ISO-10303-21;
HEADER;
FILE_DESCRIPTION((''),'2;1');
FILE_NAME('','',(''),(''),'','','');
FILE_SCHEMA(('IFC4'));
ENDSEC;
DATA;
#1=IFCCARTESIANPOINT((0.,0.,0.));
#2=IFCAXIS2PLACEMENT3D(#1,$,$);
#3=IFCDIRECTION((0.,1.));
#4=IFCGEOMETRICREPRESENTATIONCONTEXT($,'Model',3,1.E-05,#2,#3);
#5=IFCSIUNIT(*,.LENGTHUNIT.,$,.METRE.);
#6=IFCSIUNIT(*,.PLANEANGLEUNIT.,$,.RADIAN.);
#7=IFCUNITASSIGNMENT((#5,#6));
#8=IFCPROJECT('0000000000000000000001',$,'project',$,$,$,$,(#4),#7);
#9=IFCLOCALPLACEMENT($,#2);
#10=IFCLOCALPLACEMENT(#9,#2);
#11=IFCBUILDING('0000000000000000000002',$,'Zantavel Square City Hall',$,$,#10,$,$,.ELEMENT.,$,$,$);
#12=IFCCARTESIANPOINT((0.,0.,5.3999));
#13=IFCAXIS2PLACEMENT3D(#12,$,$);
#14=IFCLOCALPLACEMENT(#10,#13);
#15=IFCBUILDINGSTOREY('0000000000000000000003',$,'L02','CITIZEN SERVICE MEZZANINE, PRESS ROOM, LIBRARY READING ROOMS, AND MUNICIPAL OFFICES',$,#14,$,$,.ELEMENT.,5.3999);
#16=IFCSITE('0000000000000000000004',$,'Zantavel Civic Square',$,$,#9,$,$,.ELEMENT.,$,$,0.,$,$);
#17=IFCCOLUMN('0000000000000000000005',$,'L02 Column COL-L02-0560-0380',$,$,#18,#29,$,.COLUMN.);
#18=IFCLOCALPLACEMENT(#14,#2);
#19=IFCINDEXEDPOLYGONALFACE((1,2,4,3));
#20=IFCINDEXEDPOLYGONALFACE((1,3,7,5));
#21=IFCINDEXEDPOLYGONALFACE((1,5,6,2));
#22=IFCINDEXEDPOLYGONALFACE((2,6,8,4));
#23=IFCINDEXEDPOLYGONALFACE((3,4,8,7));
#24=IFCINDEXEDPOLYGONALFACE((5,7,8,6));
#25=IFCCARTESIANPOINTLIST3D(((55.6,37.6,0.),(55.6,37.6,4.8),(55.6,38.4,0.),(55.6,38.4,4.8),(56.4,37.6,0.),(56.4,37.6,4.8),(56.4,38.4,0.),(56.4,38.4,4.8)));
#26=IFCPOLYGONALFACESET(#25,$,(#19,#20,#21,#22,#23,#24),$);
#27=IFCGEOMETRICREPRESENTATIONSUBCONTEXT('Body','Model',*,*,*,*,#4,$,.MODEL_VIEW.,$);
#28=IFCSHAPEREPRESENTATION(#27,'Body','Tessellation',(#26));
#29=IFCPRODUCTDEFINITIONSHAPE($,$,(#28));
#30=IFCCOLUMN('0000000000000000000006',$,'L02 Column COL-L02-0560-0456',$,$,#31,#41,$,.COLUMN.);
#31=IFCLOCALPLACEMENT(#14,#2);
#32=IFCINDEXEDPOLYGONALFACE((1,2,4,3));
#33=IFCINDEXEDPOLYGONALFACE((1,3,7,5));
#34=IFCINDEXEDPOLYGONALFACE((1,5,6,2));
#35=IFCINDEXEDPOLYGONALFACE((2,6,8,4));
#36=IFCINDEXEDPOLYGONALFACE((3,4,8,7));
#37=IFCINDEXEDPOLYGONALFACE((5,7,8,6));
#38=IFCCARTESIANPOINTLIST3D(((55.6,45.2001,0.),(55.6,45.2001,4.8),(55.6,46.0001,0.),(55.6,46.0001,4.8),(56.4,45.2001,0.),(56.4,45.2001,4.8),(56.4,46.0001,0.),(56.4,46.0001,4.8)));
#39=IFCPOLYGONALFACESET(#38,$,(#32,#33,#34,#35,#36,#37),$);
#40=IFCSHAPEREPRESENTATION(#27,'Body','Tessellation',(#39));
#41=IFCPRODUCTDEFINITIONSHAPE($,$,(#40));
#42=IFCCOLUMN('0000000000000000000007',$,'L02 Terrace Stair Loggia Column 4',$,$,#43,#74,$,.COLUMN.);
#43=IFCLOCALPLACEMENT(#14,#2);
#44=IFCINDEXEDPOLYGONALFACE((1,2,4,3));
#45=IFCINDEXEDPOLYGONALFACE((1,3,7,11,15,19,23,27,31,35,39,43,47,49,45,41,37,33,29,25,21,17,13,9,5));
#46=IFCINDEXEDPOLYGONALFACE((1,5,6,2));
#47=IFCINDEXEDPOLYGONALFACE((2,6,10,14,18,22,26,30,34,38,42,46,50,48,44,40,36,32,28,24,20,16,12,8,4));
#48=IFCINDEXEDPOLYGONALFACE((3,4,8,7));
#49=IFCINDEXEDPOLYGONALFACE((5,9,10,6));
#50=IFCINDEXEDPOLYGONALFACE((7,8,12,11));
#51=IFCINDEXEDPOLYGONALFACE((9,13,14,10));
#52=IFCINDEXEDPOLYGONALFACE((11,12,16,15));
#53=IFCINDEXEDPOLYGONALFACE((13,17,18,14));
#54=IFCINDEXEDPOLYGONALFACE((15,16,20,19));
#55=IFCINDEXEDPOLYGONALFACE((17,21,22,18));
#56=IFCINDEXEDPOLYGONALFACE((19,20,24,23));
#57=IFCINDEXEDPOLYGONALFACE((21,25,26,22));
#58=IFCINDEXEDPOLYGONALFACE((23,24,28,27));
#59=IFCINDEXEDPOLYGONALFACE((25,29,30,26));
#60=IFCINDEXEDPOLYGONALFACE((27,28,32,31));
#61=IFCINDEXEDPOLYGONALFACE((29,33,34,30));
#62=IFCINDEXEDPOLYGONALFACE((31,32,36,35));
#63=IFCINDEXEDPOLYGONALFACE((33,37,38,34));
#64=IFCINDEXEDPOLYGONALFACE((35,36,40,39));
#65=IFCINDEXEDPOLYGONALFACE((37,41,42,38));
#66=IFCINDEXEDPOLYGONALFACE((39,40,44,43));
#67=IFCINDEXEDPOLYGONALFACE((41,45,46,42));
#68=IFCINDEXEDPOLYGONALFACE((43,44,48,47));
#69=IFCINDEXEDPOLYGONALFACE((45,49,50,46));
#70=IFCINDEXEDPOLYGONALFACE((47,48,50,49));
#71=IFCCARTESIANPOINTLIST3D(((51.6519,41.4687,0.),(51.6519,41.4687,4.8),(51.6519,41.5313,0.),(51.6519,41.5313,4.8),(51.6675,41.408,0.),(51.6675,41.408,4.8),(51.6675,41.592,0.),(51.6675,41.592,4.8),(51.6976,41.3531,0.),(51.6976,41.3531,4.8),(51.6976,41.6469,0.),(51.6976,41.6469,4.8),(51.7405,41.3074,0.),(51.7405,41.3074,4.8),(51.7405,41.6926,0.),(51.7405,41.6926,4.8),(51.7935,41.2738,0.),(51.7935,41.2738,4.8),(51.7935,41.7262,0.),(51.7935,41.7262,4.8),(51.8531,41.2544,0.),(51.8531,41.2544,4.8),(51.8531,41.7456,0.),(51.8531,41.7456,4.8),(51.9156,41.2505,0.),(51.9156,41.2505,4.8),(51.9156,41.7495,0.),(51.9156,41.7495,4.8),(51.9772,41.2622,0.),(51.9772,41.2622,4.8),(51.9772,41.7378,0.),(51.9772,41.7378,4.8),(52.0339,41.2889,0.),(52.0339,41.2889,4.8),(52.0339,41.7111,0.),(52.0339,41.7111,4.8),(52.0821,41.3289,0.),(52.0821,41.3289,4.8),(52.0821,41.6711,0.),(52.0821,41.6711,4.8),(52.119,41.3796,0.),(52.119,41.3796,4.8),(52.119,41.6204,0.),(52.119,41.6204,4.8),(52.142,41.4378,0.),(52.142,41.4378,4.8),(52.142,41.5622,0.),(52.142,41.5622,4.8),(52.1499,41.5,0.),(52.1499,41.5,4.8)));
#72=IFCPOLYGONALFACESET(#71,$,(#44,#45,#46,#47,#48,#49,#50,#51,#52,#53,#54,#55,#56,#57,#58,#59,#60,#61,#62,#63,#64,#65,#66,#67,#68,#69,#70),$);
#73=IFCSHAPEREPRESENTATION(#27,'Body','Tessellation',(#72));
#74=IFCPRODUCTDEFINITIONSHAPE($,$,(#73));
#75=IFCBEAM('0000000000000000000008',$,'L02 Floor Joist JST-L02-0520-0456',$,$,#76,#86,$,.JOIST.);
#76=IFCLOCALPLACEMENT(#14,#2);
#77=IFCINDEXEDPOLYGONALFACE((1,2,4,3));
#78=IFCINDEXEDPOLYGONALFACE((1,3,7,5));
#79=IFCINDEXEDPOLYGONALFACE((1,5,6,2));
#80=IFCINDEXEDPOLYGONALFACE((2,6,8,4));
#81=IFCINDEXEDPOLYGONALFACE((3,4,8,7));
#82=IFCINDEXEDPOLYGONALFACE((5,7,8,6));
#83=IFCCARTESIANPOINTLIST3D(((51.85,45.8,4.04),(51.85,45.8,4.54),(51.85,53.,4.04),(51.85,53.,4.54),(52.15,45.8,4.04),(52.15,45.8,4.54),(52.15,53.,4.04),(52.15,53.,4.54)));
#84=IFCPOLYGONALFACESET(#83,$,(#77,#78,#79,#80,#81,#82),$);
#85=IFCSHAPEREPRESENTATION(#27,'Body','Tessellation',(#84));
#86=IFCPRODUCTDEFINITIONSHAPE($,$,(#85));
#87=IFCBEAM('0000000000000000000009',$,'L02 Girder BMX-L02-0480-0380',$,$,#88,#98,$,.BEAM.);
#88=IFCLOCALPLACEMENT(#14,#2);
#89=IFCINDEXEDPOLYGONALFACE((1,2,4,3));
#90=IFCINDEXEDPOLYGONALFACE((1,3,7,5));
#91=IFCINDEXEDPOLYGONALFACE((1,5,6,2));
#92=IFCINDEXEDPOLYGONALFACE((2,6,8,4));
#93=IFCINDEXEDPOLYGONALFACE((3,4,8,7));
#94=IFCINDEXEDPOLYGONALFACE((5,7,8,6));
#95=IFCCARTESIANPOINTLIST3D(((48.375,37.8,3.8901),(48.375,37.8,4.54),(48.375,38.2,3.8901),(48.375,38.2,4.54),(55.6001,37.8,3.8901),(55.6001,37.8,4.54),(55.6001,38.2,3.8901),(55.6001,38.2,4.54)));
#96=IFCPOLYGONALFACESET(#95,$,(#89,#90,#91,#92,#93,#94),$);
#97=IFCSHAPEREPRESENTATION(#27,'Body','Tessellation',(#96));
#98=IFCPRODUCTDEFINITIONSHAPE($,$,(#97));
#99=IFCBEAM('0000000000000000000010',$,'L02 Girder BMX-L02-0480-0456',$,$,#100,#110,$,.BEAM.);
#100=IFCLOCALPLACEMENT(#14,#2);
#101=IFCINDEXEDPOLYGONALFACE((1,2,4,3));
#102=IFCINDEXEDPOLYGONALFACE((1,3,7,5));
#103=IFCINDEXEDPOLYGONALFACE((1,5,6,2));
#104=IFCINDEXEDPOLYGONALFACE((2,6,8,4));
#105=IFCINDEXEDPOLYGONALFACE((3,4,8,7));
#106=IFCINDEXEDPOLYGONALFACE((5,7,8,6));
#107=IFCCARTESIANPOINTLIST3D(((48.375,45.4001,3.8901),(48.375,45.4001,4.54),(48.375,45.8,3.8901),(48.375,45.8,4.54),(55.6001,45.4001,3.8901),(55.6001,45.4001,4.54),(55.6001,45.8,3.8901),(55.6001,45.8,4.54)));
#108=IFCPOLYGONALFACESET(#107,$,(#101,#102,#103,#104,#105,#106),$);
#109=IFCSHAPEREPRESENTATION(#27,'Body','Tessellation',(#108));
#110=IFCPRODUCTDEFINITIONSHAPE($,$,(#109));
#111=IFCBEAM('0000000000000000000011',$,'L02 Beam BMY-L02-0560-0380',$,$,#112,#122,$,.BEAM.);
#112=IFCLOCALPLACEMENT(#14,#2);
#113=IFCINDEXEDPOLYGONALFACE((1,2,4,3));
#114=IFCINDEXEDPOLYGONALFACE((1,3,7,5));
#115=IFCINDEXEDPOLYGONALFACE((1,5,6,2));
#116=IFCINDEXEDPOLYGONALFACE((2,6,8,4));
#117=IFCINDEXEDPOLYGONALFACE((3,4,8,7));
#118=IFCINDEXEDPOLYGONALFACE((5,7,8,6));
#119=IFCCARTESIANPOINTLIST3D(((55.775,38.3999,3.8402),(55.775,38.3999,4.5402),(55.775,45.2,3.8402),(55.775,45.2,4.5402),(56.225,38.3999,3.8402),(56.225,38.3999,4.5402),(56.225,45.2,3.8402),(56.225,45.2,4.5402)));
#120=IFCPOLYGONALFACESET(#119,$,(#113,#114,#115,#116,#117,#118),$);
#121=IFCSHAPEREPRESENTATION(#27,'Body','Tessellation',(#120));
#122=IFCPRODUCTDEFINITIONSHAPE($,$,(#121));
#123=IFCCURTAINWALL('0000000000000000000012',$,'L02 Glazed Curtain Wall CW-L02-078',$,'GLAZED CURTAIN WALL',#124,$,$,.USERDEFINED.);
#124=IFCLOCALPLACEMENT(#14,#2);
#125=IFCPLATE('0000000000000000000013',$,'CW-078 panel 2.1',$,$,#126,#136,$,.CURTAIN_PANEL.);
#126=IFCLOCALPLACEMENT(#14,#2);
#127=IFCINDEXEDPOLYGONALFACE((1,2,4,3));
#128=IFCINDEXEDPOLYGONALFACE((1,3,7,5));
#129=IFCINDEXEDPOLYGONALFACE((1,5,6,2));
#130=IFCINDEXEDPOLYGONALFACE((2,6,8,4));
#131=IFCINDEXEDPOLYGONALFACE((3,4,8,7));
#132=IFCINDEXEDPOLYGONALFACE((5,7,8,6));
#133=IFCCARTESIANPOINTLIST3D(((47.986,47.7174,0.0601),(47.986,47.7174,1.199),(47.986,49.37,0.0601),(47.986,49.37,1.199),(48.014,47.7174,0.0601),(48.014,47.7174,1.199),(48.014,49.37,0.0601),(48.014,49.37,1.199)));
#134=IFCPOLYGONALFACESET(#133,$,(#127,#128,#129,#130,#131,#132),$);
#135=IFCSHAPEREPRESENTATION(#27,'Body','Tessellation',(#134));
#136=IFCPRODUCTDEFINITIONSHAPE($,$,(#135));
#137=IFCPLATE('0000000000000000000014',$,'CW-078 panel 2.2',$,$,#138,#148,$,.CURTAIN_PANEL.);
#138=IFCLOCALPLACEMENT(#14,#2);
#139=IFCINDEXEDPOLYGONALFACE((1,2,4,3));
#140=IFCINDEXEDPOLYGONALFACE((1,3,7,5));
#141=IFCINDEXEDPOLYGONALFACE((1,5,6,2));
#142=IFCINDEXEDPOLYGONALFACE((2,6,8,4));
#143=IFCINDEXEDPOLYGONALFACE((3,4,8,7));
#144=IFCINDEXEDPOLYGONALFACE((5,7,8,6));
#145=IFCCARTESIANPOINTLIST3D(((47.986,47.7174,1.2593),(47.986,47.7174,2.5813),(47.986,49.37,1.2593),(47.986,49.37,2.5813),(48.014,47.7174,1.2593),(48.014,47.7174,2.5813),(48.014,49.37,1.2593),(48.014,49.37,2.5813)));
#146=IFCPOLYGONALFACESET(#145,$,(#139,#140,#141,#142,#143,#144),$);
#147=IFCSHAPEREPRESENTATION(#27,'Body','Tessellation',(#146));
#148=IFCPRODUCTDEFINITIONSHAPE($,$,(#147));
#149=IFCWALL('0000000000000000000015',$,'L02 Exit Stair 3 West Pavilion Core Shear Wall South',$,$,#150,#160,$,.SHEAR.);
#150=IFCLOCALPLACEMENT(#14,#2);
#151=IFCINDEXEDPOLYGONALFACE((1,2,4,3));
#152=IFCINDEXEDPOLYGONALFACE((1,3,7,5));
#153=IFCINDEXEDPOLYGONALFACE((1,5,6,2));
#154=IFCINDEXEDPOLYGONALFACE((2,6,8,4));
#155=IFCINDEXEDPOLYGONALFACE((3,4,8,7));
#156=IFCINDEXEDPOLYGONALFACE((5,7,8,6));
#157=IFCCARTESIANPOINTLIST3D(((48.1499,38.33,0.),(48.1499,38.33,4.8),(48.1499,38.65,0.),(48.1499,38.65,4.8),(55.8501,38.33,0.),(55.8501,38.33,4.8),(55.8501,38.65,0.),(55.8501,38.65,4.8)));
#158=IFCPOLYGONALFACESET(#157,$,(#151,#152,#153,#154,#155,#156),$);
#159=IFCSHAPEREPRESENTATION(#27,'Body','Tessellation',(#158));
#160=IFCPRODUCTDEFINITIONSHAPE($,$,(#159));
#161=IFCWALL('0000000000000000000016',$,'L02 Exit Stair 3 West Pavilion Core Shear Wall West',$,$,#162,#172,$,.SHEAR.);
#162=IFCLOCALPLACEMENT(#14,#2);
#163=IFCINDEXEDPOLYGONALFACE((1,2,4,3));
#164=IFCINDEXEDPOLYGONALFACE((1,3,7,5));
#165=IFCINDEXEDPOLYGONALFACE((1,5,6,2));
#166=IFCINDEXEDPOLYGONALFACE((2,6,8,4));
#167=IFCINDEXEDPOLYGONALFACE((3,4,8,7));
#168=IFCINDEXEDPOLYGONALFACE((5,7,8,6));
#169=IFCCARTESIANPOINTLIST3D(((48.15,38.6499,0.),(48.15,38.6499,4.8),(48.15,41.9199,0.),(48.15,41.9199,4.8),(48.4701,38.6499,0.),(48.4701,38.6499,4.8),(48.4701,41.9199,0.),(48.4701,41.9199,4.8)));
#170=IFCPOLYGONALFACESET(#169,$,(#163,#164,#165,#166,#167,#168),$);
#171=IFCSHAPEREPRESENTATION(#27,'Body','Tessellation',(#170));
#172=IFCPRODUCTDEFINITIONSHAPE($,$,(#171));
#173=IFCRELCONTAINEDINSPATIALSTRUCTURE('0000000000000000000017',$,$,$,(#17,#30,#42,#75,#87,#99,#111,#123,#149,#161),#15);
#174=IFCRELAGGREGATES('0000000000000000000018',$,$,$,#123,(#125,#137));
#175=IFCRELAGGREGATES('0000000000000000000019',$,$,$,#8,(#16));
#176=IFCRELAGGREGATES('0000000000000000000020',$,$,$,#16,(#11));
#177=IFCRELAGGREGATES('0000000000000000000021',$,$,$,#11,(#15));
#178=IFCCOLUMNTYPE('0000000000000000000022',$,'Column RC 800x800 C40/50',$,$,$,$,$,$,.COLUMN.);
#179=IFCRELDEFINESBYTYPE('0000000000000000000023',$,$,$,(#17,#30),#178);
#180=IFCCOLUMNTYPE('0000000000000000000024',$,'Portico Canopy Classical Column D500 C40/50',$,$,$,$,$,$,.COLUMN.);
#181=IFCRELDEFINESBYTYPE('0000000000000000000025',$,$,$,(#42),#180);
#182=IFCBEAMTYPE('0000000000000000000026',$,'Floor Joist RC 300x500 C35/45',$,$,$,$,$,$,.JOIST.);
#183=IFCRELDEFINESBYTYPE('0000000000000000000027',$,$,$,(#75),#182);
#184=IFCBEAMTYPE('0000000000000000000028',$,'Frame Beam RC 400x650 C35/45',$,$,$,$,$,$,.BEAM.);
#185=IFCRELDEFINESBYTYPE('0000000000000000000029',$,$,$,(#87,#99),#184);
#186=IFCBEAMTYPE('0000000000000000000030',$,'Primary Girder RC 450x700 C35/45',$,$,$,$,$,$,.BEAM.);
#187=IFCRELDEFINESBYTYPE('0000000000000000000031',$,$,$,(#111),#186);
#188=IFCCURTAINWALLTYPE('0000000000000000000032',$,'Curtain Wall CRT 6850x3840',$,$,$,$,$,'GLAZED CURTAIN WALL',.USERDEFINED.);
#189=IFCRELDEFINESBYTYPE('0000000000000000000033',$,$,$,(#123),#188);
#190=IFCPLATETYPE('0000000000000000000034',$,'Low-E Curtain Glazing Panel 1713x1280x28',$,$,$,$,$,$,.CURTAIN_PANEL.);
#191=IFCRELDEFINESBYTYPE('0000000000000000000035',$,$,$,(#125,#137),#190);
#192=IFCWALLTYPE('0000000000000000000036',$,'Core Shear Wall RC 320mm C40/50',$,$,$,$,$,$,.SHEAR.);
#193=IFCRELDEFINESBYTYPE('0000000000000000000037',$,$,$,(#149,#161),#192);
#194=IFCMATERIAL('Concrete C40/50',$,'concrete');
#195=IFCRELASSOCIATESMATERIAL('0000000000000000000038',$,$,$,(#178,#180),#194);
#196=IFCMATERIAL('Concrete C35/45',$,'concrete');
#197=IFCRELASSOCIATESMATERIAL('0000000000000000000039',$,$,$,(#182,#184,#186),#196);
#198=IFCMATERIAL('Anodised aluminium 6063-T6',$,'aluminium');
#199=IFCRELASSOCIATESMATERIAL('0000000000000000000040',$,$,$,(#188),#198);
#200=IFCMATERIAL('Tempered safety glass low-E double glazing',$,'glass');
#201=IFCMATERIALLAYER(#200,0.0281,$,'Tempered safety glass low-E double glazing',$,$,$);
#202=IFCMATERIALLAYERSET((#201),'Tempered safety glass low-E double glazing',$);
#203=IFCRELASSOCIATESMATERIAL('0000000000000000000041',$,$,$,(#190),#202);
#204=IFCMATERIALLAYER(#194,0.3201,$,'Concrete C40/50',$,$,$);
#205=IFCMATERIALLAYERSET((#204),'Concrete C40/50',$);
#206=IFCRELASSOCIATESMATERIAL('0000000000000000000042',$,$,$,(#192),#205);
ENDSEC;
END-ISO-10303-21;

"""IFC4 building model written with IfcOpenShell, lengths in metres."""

from ifc_helpers import new_model, si_unit, direction, frame, frame_2d, origin, origin_2d, place, context, subcontext, project, spatial, rectangle, circle, extrude, material, layer, layer_set, material_profile, profile_set, type_object, element, aggregate, save


model = new_model("IFC4")

# Units and contexts
model_context = context("Model", 3, precision=1e-05, world=origin(), true_north=direction((0.0, 1.0)))
body_context = subcontext(model_context, "Body", "Model", "MODEL_VIEW")
ifc_project = project(units=[si_unit("LENGTHUNIT", "METRE"), si_unit("PLANEANGLEUNIT", "RADIAN")], contexts=[model_context])

# Site, building, storey
site_placement = place(None, origin())
site = spatial("IfcSite", under=ifc_project, at=site_placement, Name="Zantavel Civic Square", CompositionType="ELEMENT", RefElevation=0.0)
building_placement = place(site_placement, origin())
building = spatial("IfcBuilding", under=site, at=building_placement, Name="Zantavel Square City Hall", CompositionType="ELEMENT")
storey_placement = place(building_placement, frame((0.0, 0.0, 5.3999)))
storey = spatial("IfcBuildingStorey", under=building, at=storey_placement, Name="L02", Description="CITIZEN SERVICE MEZZANINE, PRESS ROOM, LIBRARY READING ROOMS, AND MUNICIPAL OFFICES", CompositionType="ELEMENT", Elevation=5.3999)

# Columns
ifc_material_1 = material(Name="Concrete C40/50", Category="concrete")
ifc_material_profile_1 = material_profile(ifc_material_1, rectangle(XDim=0.8, YDim=0.8, at=origin_2d()), Name="RC 800x800")
ifc_profile_set_1 = profile_set([ifc_material_profile_1], Name="Concrete C40/50")
column_type_1 = type_object("IfcColumnType", Name="Column RC 800x800 C40/50", PredefinedType="COLUMN", material=ifc_profile_set_1)
for number, where, z_axis, x_axis, name in (
    (1, (56.0, 38.0, 0.0), (0.0, 0.0, 1.0), (1.0, 0.0, 0.0), "L02 Column COL-L02-0560-0380"),
    (2, (56.0, 45.6001, 0.0), (0.0, 0.0, 1.0), (1.0, 0.0, 0.0), "L02 Column COL-L02-0560-0456"),
):
    element("IfcColumn", number, at=place(storey_placement, frame(where, z_axis=z_axis, x_axis=x_axis)), inside=storey, type_object=column_type_1, Name=name, PredefinedType="COLUMN", context=body_context, shape_type="SweptSolid", body=[
        extrude(rectangle(XDim=0.8, YDim=0.8, at=origin_2d()), origin(), (0.0, 0.0, 1.0), 4.8),
    ])
ifc_material_profile_2 = material_profile(ifc_material_1, circle(Radius=0.25, at=origin_2d()), Name="ROUND D500")
ifc_profile_set_2 = profile_set([ifc_material_profile_2], Name="Concrete C40/50")
column_type_2 = type_object("IfcColumnType", Name="Portico Canopy Classical Column D500 C40/50", PredefinedType="COLUMN", material=ifc_profile_set_2)
column_placement = place(storey_placement, frame((51.8999, 41.5, 0.0), z_axis=(0.0, 0.0, 1.0), x_axis=(1.0, 0.0, 0.0)))
element("IfcColumn", 3, at=column_placement, inside=storey, type_object=column_type_2, Name="L02 Terrace Stair Loggia Column 4", PredefinedType="COLUMN", context=body_context, shape_type="SweptSolid", body=[
    extrude(circle(Radius=0.25, at=origin_2d()), origin(), (0.0, 0.0, 1.0), 4.8),
])

# Beams
ifc_material_2 = material(Name="Concrete C35/45", Category="concrete")
ifc_material_profile_3 = material_profile(ifc_material_2, rectangle(XDim=0.3, YDim=0.5, at=origin_2d()), Name="RC 300x500")
ifc_profile_set_3 = profile_set([ifc_material_profile_3], Name="Concrete C35/45")
beam_type_1 = type_object("IfcBeamType", Name="Floor Joist RC 300x500 C35/45", PredefinedType="JOIST", material=ifc_profile_set_3)
beam_1_placement = place(storey_placement, frame((52.0, 45.8, 4.29), z_axis=(0.0, 1.0, 0.0), x_axis=(-1.0, 0.0, 0.0)))
element("IfcBeam", 4, at=beam_1_placement, inside=storey, type_object=beam_type_1, Name="L02 Floor Joist JST-L02-0520-0456", PredefinedType="JOIST", context=body_context, shape_type="SweptSolid", body=[
    extrude(rectangle(XDim=0.3, YDim=0.5, at=origin_2d()), origin(), (0.0, 0.0, 1.0), 7.2),
])
ifc_material_profile_4 = material_profile(ifc_material_2, rectangle(XDim=0.3999, YDim=0.6499, at=origin_2d()), Name="RC 400x650")
ifc_profile_set_4 = profile_set([ifc_material_profile_4], Name="Concrete C35/45")
beam_type_2 = type_object("IfcBeamType", Name="Frame Beam RC 400x650 C35/45", PredefinedType="BEAM", material=ifc_profile_set_4)
for number, where, z_axis, x_axis, name in (
    (5, (48.375, 38.0, 4.2151), (1.0, 0.0, 0.0), (0.0, 1.0, 0.0), "L02 Girder BMX-L02-0480-0380"),
    (6, (48.375, 45.6001, 4.2151), (1.0, 0.0, 0.0), (0.0, 1.0, 0.0), "L02 Girder BMX-L02-0480-0456"),
):
    element("IfcBeam", number, at=place(storey_placement, frame(where, z_axis=z_axis, x_axis=x_axis)), inside=storey, type_object=beam_type_2, Name=name, PredefinedType="BEAM", context=body_context, shape_type="SweptSolid", body=[
        extrude(rectangle(XDim=0.3999, YDim=0.6499, at=origin_2d()), origin(), (0.0, 0.0, 1.0), 7.2251),
    ])
ifc_material_profile_5 = material_profile(ifc_material_2, rectangle(XDim=0.45, YDim=0.7, at=origin_2d()), Name="RC 450x700")
ifc_profile_set_5 = profile_set([ifc_material_profile_5], Name="Concrete C35/45")
beam_type_3 = type_object("IfcBeamType", Name="Primary Girder RC 450x700 C35/45", PredefinedType="BEAM", material=ifc_profile_set_5)
beam_2_placement = place(storey_placement, frame((56.0, 38.3999, 4.1902), z_axis=(0.0, 1.0, 0.0), x_axis=(-1.0, 0.0, 0.0)))
element("IfcBeam", 7, at=beam_2_placement, inside=storey, type_object=beam_type_3, Name="L02 Beam BMY-L02-0560-0380", PredefinedType="BEAM", context=body_context, shape_type="SweptSolid", body=[
    extrude(rectangle(XDim=0.45, YDim=0.7, at=origin_2d()), origin(), (0.0, 0.0, 1.0), 6.8),
])

# Curtain wall, plates
ifc_material_3 = material(Name="Anodised aluminium 6063-T6", Category="aluminium")
curtain_wall_type = type_object("IfcCurtainWallType", Name="Curtain Wall CRT 6850x3840", ElementType="GLAZED CURTAIN WALL", PredefinedType="USERDEFINED", material=ifc_material_3)
curtain_wall_placement = place(storey_placement, origin())
curtain_wall = element("IfcCurtainWall", 8, at=curtain_wall_placement, inside=storey, type_object=curtain_wall_type, Name="L02 Glazed Curtain Wall CW-L02-078", ObjectType="GLAZED CURTAIN WALL", PredefinedType="USERDEFINED")
ifc_material_4 = material(Name="Tempered safety glass low-E double glazing", Category="glass")
ifc_layer_1 = layer(ifc_material_4, 0.0281, Name="Tempered safety glass low-E double glazing")
ifc_layer_set_1 = layer_set([ifc_layer_1], Name="Tempered safety glass low-E double glazing")
plate_type = type_object("IfcPlateType", Name="Low-E Curtain Glazing Panel 1713x1280x28", PredefinedType="CURTAIN_PANEL", material=ifc_layer_set_1)
plate_1_placement = place(storey_placement, frame((48.0, 48.5437, 0.0601), z_axis=(0.0, 0.0, 1.0), x_axis=(0.0, 1.0, 0.0)))
plate_1 = element("IfcPlate", 9, at=plate_1_placement, type_object=plate_type, Name="CW-078 panel 2.1", PredefinedType="CURTAIN_PANEL", context=body_context, shape_type="SweptSolid", body=[
    extrude(rectangle(XDim=1.6526, YDim=0.0281, at=origin_2d()), origin(), (0.0, 0.0, 1.0), 1.1389),
])
plate_2_placement = place(storey_placement, frame((48.0, 48.5437, 1.2593), z_axis=(0.0, 0.0, 1.0), x_axis=(0.0, 1.0, 0.0)))
plate_2 = element("IfcPlate", 10, at=plate_2_placement, type_object=plate_type, Name="CW-078 panel 2.2", PredefinedType="CURTAIN_PANEL", context=body_context, shape_type="SweptSolid", body=[
    extrude(rectangle(XDim=1.6526, YDim=0.0281, at=origin_2d()), origin(), (0.0, 0.0, 1.0), 1.322),
])
aggregate(curtain_wall, [plate_1, plate_2])

# Walls
ifc_layer_2 = layer(ifc_material_1, 0.3201, Name="Concrete C40/50")
ifc_layer_set_2 = layer_set([ifc_layer_2], Name="Concrete C40/50")
wall_type = type_object("IfcWallType", Name="Core Shear Wall RC 320mm C40/50", PredefinedType="SHEAR", material=ifc_layer_set_2)
wall_1_placement = place(storey_placement, frame((55.8501, 38.49, 0.0), z_axis=(0.0, 0.0, 1.0), x_axis=(-1.0, 0.0, 0.0)))
element("IfcWall", 11, at=wall_1_placement, inside=storey, type_object=wall_type, Name="L02 Exit Stair 3 West Pavilion Core Shear Wall South", PredefinedType="SHEAR", context=body_context, shape_type="SweptSolid", body=[
    extrude(rectangle(XDim=7.7002, YDim=0.3201, at=frame_2d((3.8501, 0.0))), origin(), (0.0, 0.0, 1.0), 4.8),
])
wall_2_placement = place(storey_placement, frame((48.3101, 38.6499, 0.0), z_axis=(0.0, 0.0, 1.0), x_axis=(0.0, 1.0, 0.0)))
element("IfcWall", 12, at=wall_2_placement, inside=storey, type_object=wall_type, Name="L02 Exit Stair 3 West Pavilion Core Shear Wall West", PredefinedType="SHEAR", context=body_context, shape_type="SweptSolid", body=[
    extrude(rectangle(XDim=3.27, YDim=0.3201, at=frame_2d((1.635, 0.0))), origin(), (0.0, 0.0, 1.0), 4.8),
])

save(model, "model.ifc")
